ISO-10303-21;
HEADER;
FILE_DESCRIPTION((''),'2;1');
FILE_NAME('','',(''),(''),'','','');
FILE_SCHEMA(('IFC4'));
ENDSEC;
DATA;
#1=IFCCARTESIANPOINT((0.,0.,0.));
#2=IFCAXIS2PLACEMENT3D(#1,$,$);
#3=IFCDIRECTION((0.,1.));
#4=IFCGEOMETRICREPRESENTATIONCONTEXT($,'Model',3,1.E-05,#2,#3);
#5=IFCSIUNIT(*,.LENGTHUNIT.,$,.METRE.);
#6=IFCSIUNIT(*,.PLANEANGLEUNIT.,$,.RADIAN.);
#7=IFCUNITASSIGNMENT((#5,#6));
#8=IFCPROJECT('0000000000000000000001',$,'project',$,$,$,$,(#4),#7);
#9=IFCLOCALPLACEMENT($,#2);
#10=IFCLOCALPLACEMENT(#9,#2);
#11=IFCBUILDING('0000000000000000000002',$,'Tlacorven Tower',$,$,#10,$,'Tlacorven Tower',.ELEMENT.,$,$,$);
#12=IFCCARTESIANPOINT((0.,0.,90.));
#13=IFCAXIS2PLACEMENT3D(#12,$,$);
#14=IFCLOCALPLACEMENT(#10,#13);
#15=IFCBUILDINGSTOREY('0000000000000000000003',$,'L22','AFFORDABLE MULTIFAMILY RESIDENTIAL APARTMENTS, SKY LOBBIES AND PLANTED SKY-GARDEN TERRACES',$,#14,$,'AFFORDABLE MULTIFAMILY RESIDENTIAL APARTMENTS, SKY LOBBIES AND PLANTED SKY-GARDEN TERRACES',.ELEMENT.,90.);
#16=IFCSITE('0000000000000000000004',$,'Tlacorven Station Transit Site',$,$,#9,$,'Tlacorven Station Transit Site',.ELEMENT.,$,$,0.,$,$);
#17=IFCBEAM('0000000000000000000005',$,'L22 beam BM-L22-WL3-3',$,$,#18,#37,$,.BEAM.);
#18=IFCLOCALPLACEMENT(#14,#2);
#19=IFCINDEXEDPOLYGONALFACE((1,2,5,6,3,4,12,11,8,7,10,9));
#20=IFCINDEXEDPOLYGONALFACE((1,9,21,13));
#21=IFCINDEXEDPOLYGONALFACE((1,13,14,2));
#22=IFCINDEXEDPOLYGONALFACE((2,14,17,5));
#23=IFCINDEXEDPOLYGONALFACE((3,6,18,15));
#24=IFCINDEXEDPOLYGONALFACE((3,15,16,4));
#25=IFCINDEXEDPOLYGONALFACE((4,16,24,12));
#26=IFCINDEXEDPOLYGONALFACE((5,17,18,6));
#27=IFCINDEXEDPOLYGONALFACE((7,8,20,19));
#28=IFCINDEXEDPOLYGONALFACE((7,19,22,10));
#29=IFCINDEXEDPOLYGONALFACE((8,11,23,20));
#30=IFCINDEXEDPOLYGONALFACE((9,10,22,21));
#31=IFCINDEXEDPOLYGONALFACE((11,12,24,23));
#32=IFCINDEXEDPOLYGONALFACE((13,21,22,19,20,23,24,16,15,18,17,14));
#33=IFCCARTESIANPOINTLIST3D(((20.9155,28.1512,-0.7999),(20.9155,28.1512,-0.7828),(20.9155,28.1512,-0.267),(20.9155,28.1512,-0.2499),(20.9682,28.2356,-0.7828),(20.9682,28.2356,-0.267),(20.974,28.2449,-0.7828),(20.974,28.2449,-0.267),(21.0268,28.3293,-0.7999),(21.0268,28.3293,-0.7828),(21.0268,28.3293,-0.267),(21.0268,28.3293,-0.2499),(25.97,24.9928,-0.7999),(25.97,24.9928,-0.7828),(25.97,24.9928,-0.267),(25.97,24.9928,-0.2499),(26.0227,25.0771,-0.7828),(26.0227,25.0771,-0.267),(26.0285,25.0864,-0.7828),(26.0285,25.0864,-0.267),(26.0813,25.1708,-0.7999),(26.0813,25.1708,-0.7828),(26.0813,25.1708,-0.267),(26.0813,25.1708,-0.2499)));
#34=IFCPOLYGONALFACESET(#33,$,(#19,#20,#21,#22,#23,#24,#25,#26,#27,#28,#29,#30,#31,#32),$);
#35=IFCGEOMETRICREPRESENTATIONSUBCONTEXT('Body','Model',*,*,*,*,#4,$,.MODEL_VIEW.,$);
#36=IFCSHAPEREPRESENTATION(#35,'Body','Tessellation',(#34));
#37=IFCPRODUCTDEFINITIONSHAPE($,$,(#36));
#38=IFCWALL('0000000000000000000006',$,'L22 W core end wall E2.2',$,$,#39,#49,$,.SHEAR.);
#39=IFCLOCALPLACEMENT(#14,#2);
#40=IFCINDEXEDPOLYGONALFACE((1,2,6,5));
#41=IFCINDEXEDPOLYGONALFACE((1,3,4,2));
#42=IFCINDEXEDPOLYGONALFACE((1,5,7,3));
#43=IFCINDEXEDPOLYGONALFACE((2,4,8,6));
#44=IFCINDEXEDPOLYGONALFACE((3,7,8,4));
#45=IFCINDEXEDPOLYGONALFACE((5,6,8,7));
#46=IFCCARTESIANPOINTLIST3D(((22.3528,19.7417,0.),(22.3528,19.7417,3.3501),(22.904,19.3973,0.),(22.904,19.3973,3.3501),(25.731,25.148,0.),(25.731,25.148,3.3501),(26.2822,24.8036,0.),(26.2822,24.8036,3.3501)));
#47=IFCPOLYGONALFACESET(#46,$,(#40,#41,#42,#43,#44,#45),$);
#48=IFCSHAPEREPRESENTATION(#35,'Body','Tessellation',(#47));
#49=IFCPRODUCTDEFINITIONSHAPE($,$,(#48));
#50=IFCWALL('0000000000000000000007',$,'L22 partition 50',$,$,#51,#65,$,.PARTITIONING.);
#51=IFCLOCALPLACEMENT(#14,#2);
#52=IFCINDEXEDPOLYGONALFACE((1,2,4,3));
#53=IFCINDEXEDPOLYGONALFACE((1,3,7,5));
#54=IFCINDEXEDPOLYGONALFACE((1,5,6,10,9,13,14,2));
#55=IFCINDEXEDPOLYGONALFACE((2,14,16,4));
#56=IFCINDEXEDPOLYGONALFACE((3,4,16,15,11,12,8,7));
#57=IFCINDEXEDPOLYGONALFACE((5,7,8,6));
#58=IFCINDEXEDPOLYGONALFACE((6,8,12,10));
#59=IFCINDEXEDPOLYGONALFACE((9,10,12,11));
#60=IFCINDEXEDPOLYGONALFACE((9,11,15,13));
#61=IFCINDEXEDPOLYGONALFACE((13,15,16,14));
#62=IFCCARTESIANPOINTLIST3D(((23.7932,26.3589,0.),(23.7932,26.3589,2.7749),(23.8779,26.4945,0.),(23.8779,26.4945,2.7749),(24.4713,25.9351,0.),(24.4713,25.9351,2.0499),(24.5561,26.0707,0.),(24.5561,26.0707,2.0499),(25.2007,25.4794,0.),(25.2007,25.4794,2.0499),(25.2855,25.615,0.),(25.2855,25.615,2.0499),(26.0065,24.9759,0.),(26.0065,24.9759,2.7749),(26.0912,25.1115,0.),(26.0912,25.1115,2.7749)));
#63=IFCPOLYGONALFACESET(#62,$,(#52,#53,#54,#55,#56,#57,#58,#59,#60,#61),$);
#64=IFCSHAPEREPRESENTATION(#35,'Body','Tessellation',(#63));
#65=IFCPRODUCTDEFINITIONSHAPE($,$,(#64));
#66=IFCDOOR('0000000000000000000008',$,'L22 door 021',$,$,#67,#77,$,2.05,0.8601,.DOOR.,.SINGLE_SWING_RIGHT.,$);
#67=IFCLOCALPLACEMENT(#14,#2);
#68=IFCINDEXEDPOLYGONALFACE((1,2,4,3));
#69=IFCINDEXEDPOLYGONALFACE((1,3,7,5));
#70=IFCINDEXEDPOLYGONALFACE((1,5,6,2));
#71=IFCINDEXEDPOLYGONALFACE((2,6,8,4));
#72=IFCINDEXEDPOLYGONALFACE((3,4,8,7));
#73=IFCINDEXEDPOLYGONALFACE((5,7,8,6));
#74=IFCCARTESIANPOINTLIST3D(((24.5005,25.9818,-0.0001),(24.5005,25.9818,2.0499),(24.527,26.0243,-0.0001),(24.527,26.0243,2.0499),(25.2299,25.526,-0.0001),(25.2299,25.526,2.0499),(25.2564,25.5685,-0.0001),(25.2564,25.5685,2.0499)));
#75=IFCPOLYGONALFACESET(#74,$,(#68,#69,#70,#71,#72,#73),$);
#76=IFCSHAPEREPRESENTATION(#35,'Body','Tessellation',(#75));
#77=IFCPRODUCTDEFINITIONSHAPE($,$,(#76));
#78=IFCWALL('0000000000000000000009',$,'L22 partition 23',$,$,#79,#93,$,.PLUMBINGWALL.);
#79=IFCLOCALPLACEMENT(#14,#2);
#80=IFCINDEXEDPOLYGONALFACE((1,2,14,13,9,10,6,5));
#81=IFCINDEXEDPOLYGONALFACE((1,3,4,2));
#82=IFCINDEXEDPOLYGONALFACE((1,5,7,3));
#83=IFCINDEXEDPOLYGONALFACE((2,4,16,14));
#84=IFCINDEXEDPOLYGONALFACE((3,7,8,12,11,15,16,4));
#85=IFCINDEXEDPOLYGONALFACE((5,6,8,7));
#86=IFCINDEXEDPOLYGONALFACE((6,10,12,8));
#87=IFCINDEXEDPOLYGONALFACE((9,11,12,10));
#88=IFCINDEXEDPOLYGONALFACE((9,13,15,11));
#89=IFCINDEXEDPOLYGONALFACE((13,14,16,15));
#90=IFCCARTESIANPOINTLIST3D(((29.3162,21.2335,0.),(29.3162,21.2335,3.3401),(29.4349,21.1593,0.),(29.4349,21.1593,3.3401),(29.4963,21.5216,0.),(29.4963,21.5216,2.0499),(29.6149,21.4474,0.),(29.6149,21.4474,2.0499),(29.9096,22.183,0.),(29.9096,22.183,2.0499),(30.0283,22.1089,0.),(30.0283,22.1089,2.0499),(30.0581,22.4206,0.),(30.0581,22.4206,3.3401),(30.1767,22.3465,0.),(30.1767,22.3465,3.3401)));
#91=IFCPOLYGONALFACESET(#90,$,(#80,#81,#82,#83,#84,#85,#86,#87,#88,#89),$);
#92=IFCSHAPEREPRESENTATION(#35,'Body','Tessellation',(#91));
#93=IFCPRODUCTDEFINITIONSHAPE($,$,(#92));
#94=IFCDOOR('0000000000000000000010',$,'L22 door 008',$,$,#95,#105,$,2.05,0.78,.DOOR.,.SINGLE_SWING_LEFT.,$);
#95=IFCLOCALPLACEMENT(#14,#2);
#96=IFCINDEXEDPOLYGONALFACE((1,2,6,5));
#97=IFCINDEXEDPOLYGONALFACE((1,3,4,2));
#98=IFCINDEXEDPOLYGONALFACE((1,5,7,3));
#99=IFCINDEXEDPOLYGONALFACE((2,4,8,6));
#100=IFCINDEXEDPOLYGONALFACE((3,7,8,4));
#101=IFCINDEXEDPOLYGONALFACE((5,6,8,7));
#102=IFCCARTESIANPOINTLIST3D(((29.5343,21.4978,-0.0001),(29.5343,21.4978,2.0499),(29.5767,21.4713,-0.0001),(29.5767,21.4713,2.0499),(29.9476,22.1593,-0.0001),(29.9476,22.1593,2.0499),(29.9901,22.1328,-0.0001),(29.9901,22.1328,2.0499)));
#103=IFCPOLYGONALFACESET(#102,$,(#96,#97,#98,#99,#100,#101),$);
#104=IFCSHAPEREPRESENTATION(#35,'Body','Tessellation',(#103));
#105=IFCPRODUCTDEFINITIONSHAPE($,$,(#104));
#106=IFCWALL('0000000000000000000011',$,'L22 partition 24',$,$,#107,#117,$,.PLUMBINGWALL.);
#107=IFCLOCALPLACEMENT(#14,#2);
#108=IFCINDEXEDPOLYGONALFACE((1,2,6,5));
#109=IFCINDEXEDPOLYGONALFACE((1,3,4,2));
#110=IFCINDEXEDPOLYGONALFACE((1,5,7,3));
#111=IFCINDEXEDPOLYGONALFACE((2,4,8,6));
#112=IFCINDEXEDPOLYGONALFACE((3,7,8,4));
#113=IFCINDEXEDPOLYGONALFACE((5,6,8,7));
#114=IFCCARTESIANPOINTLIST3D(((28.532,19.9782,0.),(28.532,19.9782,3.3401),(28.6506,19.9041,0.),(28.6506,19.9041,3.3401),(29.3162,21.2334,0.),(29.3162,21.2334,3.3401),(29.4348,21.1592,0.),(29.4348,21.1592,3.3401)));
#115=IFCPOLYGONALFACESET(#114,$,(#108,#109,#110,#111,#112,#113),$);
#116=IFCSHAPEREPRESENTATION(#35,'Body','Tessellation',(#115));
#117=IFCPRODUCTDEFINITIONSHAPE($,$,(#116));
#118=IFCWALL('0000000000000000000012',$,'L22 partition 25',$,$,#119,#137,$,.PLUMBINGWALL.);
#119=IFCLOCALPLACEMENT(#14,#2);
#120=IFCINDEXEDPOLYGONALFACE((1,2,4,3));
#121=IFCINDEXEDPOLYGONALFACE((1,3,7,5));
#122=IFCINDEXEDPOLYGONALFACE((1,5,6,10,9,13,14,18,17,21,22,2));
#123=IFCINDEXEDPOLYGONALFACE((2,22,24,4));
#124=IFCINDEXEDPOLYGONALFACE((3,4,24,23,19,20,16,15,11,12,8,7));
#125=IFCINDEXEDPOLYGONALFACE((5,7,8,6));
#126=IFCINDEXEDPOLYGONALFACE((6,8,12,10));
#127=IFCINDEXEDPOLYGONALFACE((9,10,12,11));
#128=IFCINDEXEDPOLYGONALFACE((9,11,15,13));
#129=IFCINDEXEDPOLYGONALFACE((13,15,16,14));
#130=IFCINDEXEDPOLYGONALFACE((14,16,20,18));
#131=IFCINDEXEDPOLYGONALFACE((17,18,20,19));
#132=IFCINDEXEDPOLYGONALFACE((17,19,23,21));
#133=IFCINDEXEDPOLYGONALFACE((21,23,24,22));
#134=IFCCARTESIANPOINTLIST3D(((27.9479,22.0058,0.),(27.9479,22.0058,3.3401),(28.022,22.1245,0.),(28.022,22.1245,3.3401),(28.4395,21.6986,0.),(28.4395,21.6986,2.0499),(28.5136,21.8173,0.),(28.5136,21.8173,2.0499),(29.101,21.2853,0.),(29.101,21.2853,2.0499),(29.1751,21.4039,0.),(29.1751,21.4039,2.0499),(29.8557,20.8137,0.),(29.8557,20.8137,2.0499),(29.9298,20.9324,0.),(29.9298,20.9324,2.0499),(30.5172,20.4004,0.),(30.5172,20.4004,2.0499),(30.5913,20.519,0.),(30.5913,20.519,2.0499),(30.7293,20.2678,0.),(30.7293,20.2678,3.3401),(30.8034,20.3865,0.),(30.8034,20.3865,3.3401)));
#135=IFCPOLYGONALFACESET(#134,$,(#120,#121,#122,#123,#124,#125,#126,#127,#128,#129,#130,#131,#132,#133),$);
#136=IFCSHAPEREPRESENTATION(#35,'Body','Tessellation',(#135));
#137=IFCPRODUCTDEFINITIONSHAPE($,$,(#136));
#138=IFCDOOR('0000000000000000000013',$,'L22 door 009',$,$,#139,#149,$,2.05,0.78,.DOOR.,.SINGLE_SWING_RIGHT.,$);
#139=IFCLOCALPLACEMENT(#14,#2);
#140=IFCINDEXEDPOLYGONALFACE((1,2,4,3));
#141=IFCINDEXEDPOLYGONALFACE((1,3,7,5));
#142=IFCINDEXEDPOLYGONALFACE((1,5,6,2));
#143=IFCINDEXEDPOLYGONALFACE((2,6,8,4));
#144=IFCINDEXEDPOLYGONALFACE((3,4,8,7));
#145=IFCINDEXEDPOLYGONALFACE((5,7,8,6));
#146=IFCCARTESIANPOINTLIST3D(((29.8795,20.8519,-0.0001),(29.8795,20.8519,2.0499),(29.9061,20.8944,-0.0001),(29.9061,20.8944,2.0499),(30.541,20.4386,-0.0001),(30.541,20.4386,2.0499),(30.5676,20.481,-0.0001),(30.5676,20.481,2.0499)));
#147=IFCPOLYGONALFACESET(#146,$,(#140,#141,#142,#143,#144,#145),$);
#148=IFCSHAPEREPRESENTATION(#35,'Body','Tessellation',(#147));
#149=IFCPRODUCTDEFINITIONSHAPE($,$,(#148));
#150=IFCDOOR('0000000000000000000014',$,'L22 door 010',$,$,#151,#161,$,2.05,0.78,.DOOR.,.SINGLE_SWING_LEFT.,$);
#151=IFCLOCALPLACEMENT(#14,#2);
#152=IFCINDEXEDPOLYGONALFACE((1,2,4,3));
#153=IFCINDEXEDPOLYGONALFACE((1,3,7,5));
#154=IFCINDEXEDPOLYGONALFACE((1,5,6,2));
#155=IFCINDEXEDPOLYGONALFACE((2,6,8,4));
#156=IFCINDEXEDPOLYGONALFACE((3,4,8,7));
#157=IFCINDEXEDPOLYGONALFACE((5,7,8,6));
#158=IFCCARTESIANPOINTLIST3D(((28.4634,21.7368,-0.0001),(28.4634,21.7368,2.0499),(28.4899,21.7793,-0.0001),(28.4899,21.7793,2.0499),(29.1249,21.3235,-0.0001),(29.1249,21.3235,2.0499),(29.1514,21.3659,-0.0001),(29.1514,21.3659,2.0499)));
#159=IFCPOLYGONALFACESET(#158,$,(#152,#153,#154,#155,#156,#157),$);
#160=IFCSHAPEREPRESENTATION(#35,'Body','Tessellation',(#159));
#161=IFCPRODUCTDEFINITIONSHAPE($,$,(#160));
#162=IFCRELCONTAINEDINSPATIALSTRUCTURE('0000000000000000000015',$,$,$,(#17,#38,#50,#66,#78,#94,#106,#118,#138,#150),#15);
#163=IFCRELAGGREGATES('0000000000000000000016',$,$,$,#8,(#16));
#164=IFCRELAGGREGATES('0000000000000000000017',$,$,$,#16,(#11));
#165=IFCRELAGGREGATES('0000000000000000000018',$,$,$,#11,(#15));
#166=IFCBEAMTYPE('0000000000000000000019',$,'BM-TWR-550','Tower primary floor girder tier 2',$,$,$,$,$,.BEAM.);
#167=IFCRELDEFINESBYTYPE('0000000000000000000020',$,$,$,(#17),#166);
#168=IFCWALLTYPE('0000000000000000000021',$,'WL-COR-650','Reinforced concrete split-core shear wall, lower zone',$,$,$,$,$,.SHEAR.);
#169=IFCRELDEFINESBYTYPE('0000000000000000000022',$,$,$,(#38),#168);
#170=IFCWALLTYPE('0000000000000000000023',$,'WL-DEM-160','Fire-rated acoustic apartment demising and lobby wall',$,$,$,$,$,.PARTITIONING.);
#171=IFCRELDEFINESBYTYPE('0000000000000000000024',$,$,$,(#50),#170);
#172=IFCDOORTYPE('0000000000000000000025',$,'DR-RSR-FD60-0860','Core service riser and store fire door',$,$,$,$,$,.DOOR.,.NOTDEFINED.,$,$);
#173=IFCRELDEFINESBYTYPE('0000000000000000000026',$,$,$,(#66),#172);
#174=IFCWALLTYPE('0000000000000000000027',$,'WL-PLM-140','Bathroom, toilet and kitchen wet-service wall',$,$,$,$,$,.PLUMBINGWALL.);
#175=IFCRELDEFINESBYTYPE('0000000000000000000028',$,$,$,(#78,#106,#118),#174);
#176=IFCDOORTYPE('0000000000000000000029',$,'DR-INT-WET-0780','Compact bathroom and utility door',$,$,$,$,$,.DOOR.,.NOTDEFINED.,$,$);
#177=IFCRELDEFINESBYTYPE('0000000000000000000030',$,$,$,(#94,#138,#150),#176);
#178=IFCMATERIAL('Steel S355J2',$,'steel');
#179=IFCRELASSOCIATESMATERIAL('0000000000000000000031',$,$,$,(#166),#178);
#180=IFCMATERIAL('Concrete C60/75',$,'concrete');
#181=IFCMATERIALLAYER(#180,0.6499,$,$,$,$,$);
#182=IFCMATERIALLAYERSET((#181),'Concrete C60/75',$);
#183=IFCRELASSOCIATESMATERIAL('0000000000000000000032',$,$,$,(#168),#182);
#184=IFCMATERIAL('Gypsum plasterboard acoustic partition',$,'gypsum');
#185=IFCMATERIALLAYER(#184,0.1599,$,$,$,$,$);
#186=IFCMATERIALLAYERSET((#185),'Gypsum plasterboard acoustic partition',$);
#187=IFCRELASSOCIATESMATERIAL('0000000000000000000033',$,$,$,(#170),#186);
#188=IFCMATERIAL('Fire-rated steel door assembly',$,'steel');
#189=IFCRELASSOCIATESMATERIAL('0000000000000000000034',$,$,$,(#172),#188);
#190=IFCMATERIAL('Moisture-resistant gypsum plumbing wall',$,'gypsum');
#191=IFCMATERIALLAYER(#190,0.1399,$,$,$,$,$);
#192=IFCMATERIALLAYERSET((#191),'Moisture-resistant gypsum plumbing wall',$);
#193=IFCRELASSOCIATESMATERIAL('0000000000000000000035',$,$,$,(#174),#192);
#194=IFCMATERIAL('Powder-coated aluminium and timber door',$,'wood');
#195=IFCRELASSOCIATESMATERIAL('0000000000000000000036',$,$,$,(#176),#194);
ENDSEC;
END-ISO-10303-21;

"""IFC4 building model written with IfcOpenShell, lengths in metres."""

from ifc_helpers import new_model, si_unit, direction, frame, frame_2d, origin, origin_2d, place, context, subcontext, project, spatial, rectangle, i_section, extrude, source, transform, mapped, material, layer, layer_set, material_profile, profile_set, type_object, element, fill, save


model = new_model("IFC4")

# Units and contexts
model_context = context("Model", 3, precision=1e-05, world=origin(), true_north=direction((0.0, 1.0)))
body_context = subcontext(model_context, "Body", "Model", "MODEL_VIEW")
ifc_project = project(units=[si_unit("LENGTHUNIT", "METRE"), si_unit("PLANEANGLEUNIT", "RADIAN")], contexts=[model_context])

# Site, building, storey
site_placement = place(None, origin())
site = spatial("IfcSite", under=ifc_project, at=site_placement, Name="Tlacorven Station Transit Site", LongName="Tlacorven Station Transit Site", CompositionType="ELEMENT", RefElevation=0.0)
building_placement = place(site_placement, origin())
building = spatial("IfcBuilding", under=site, at=building_placement, Name="Tlacorven Tower", LongName="Tlacorven Tower", CompositionType="ELEMENT")
storey_placement = place(building_placement, frame((0.0, 0.0, 90.0)))
storey = spatial("IfcBuildingStorey", under=building, at=storey_placement, Name="L22", Description="AFFORDABLE MULTIFAMILY RESIDENTIAL APARTMENTS, SKY LOBBIES AND PLANTED SKY-GARDEN TERRACES", LongName="AFFORDABLE MULTIFAMILY RESIDENTIAL APARTMENTS, SKY LOBBIES AND PLANTED SKY-GARDEN TERRACES", CompositionType="ELEMENT", Elevation=90.0)

# Beam
ifc_material_1 = material(Name="Steel S355J2", Category="steel")
ifc_material_profile = material_profile(ifc_material_1, i_section(OverallWidth=0.21, OverallDepth=0.55, WebThickness=0.011, FlangeThickness=0.0171, at=origin_2d()), Name="IPE 550")
ifc_profile_set = profile_set([ifc_material_profile], Name="Steel S355J2")
beam_type = type_object("IfcBeamType", Name="BM-TWR-550", Description="Tower primary floor girder tier 2", PredefinedType="BEAM", material=ifc_profile_set)
shared_shape_1 = source(origin(), body_context, "Body", "SweptSolid", [
    extrude(i_section(OverallWidth=0.21, OverallDepth=0.55, WebThickness=0.011, FlangeThickness=0.0171, at=origin_2d()), origin(), (0.0, 0.0, 1.0), 5.9602),
])
beam_placement = place(storey_placement, frame((26.0256, 25.0818, -0.5249), z_axis=(-0.848042, 0.529929, 0.0), x_axis=(-0.529929, -0.848042, 0.0)))
element("IfcBeam", 1, at=beam_placement, inside=storey, type_object=beam_type, Name="L22 beam BM-L22-WL3-3", PredefinedType="BEAM", context=body_context, shape_type="MappedRepresentation", body=[
    mapped(shared_shape_1, transform((0.0, 0.0, 0.0), scale=1.0)),
])

# Wall
ifc_material_2 = material(Name="Concrete C60/75", Category="concrete")
ifc_layer_1 = layer(ifc_material_2, 0.6499)
ifc_layer_set_1 = layer_set([ifc_layer_1], Name="Concrete C60/75")
wall_type_1 = type_object("IfcWallType", Name="WL-COR-650", Description="Reinforced concrete split-core shear wall, lower zone", PredefinedType="SHEAR", material=ifc_layer_set_1)
wall_1_placement = place(storey_placement, frame((26.0066, 24.9758, 0.0), z_axis=(0.0, 0.0, 1.0), x_axis=(-0.529916, -0.84805, 0.0)))
element("IfcWall", 2, at=wall_1_placement, inside=storey, type_object=wall_type_1, Name="L22 W core end wall E2.2", PredefinedType="SHEAR", context=body_context, shape_type="SweptSolid", body=[
    extrude(rectangle(XDim=6.375, YDim=0.6499, at=frame_2d((3.1875, 0.0))), origin(), (0.0, 0.0, 1.0), 3.3501),
])

# Walls, openings, doors
ifc_material_3 = material(Name="Gypsum plasterboard acoustic partition", Category="gypsum")
ifc_layer_2 = layer(ifc_material_3, 0.1599)
ifc_layer_set_2 = layer_set([ifc_layer_2], Name="Gypsum plasterboard acoustic partition")
wall_type_2 = type_object("IfcWallType", Name="WL-DEM-160", Description="Fire-rated acoustic apartment demising and lobby wall", PredefinedType="PARTITIONING", material=ifc_layer_set_2)
wall_2_placement = place(storey_placement, frame((26.0488, 25.0437, 0.0), z_axis=(0.0, 0.0, 1.0), x_axis=(-0.848051, 0.529915, 0.0)))
wall_2 = element("IfcWall", 3, at=wall_2_placement, inside=storey, type_object=wall_type_2, Name="L22 partition 50", PredefinedType="PARTITIONING", context=body_context, shape_type="SweptSolid", body=[
    extrude(rectangle(XDim=2.6099, YDim=0.1599, at=frame_2d((1.3049, 0.0))), origin(), (0.0, 0.0, 1.0), 2.7749),
])
opening_1_placement = place(wall_2_placement, frame((0.95, 0.0, 0.0)))
opening_1 = element("IfcOpeningElement", 4, at=opening_1_placement, cuts=wall_2, PredefinedType="OPENING", context=body_context, shape_type="SweptSolid", body=[
    extrude(rectangle(XDim=0.8601, YDim=2.05, at=frame_2d((0.4302, 1.0249))), frame((0.0, 0.0898, 0.0), z_axis=(0.0, -1.0, 0.0), x_axis=(1.0, 0.0, 0.0)), (0.0, 0.0, 1.0), 0.1799),
])
ifc_material_4 = material(Name="Fire-rated steel door assembly", Category="steel")
door_type_1 = type_object("IfcDoorType", Name="DR-RSR-FD60-0860", Description="Core service riser and store fire door", OperationType="NOTDEFINED", PredefinedType="DOOR", material=ifc_material_4)
shared_shape_2 = source(origin(), body_context, "Body", "SweptSolid", [
    extrude(rectangle(XDim=0.8601, YDim=2.05, at=frame_2d((0.4302, 1.0249))), frame((0.0, 0.0249, 0.0), z_axis=(0.0, -1.0, 0.0), x_axis=(1.0, 0.0, 0.0)), (0.0, 0.0, 1.0), 0.05),
])
door_1_placement = place(opening_1_placement, origin())
door_1 = element("IfcDoor", 5, at=door_1_placement, inside=storey, type_object=door_type_1, Name="L22 door 021", OperationType="SINGLE_SWING_RIGHT", OverallHeight=2.05, OverallWidth=0.8601, PredefinedType="DOOR", context=body_context, shape_type="MappedRepresentation", body=[
    mapped(shared_shape_2, transform((0.0, 0.0, 0.0), scale=1.0)),
])
fill(opening_1, door_1)
ifc_material_5 = material(Name="Moisture-resistant gypsum plumbing wall", Category="gypsum")
ifc_layer_3 = layer(ifc_material_5, 0.1399)
ifc_layer_set_3 = layer_set([ifc_layer_3], Name="Moisture-resistant gypsum plumbing wall")
wall_type_3 = type_object("IfcWallType", Name="WL-PLM-140", Description="Bathroom, toilet and kitchen wet-service wall", PredefinedType="PLUMBINGWALL", material=ifc_layer_set_3)
wall_3_placement = place(storey_placement, frame((30.1174, 22.3835, 0.0), z_axis=(0.0, 0.0, 1.0), x_axis=(-0.529952, -0.848028, 0.0)))
wall_3 = element("IfcWall", 6, at=wall_3_placement, inside=storey, type_object=wall_type_3, Name="L22 partition 23", PredefinedType="PLUMBINGWALL", context=body_context, shape_type="SweptSolid", body=[
    extrude(rectangle(XDim=1.3999, YDim=0.1399, at=frame_2d((0.7, 0.0))), origin(), (0.0, 0.0, 1.0), 3.3401),
])
opening_2_placement = place(wall_3_placement, frame((0.28, 0.0, 0.0)))
opening_2 = element("IfcOpeningElement", 7, at=opening_2_placement, cuts=wall_3, PredefinedType="OPENING", context=body_context, shape_type="SweptSolid", body=[
    extrude(rectangle(XDim=0.78, YDim=2.05, at=frame_2d((0.3901, 1.0249))), frame((0.0, 0.0801, 0.0), z_axis=(0.0, -1.0, 0.0), x_axis=(1.0, 0.0, 0.0)), (0.0, 0.0, 1.0), 0.1599),
])
ifc_material_6 = material(Name="Powder-coated aluminium and timber door", Category="wood")
door_type_2 = type_object("IfcDoorType", Name="DR-INT-WET-0780", Description="Compact bathroom and utility door", OperationType="NOTDEFINED", PredefinedType="DOOR", material=ifc_material_6)
shared_shape_3 = source(origin(), body_context, "Body", "SweptSolid", [
    extrude(rectangle(XDim=0.78, YDim=2.05, at=frame_2d((0.3901, 1.0249))), frame((0.0, 0.0249, 0.0), z_axis=(0.0, -1.0, 0.0), x_axis=(1.0, 0.0, 0.0)), (0.0, 0.0, 1.0), 0.05),
])
door_2_placement = place(opening_2_placement, origin())
door_2 = element("IfcDoor", 8, at=door_2_placement, inside=storey, type_object=door_type_2, Name="L22 door 008", OperationType="SINGLE_SWING_LEFT", OverallHeight=2.05, OverallWidth=0.78, PredefinedType="DOOR", context=body_context, shape_type="MappedRepresentation", body=[
    mapped(shared_shape_3, transform((0.0, 0.0, 0.0), scale=1.0)),
])
fill(opening_2, door_2)

# Wall
wall_4_placement = place(storey_placement, frame((29.3755, 21.1963, 0.0), z_axis=(0.0, 0.0, 1.0), x_axis=(-0.529865, -0.848082, 0.0)))
element("IfcWall", 9, at=wall_4_placement, inside=storey, type_object=wall_type_3, Name="L22 partition 24", PredefinedType="PLUMBINGWALL", context=body_context, shape_type="SweptSolid", body=[
    extrude(rectangle(XDim=1.48, YDim=0.1399, at=frame_2d((0.74, 0.0))), origin(), (0.0, 0.0, 1.0), 3.3401),
])

# Wall, openings, doors
wall_5_placement = place(storey_placement, frame((30.7664, 20.3271, 0.0), z_axis=(0.0, 0.0, 1.0), x_axis=(-0.848053, 0.529912, 0.0)))
wall_5 = element("IfcWall", 10, at=wall_5_placement, inside=storey, type_object=wall_type_3, Name="L22 partition 25", PredefinedType="PLUMBINGWALL", context=body_context, shape_type="SweptSolid", body=[
    extrude(rectangle(XDim=3.2798, YDim=0.1399, at=frame_2d((1.6399, 0.0))), origin(), (0.0, 0.0, 1.0), 3.3401),
])
opening_3_placement = place(wall_5_placement, frame((0.25, 0.0, 0.0)))
opening_3 = element("IfcOpeningElement", 11, at=opening_3_placement, cuts=wall_5, PredefinedType="OPENING", context=body_context, shape_type="SweptSolid", body=[
    extrude(rectangle(XDim=0.78, YDim=2.05, at=frame_2d((0.3901, 1.0249))), frame((0.0, 0.0801, 0.0), z_axis=(0.0, -1.0, 0.0), x_axis=(1.0, 0.0, 0.0)), (0.0, 0.0, 1.0), 0.1599),
])
opening_4_placement = place(wall_5_placement, frame((1.9199, 0.0, 0.0)))
opening_4 = element("IfcOpeningElement", 12, at=opening_4_placement, cuts=wall_5, PredefinedType="OPENING", context=body_context, shape_type="SweptSolid", body=[
    extrude(rectangle(XDim=0.78, YDim=2.05, at=frame_2d((0.3901, 1.0249))), frame((0.0, 0.0801, 0.0), z_axis=(0.0, -1.0, 0.0), x_axis=(1.0, 0.0, 0.0)), (0.0, 0.0, 1.0), 0.1599),
])
door_3_placement = place(opening_3_placement, origin())
door_3 = element("IfcDoor", 13, at=door_3_placement, inside=storey, type_object=door_type_2, Name="L22 door 009", OperationType="SINGLE_SWING_RIGHT", OverallHeight=2.05, OverallWidth=0.78, PredefinedType="DOOR", context=body_context, shape_type="MappedRepresentation", body=[
    mapped(shared_shape_3, transform((0.0, 0.0, 0.0), scale=1.0)),
])
fill(opening_3, door_3)
door_4_placement = place(opening_4_placement, origin())
door_4 = element("IfcDoor", 14, at=door_4_placement, inside=storey, type_object=door_type_2, Name="L22 door 010", OperationType="SINGLE_SWING_LEFT", OverallHeight=2.05, OverallWidth=0.78, PredefinedType="DOOR", context=body_context, shape_type="MappedRepresentation", body=[
    mapped(shared_shape_3, transform((0.0, 0.0, 0.0), scale=1.0)),
])
fill(opening_4, door_4)

save(model, "model.ifc")
